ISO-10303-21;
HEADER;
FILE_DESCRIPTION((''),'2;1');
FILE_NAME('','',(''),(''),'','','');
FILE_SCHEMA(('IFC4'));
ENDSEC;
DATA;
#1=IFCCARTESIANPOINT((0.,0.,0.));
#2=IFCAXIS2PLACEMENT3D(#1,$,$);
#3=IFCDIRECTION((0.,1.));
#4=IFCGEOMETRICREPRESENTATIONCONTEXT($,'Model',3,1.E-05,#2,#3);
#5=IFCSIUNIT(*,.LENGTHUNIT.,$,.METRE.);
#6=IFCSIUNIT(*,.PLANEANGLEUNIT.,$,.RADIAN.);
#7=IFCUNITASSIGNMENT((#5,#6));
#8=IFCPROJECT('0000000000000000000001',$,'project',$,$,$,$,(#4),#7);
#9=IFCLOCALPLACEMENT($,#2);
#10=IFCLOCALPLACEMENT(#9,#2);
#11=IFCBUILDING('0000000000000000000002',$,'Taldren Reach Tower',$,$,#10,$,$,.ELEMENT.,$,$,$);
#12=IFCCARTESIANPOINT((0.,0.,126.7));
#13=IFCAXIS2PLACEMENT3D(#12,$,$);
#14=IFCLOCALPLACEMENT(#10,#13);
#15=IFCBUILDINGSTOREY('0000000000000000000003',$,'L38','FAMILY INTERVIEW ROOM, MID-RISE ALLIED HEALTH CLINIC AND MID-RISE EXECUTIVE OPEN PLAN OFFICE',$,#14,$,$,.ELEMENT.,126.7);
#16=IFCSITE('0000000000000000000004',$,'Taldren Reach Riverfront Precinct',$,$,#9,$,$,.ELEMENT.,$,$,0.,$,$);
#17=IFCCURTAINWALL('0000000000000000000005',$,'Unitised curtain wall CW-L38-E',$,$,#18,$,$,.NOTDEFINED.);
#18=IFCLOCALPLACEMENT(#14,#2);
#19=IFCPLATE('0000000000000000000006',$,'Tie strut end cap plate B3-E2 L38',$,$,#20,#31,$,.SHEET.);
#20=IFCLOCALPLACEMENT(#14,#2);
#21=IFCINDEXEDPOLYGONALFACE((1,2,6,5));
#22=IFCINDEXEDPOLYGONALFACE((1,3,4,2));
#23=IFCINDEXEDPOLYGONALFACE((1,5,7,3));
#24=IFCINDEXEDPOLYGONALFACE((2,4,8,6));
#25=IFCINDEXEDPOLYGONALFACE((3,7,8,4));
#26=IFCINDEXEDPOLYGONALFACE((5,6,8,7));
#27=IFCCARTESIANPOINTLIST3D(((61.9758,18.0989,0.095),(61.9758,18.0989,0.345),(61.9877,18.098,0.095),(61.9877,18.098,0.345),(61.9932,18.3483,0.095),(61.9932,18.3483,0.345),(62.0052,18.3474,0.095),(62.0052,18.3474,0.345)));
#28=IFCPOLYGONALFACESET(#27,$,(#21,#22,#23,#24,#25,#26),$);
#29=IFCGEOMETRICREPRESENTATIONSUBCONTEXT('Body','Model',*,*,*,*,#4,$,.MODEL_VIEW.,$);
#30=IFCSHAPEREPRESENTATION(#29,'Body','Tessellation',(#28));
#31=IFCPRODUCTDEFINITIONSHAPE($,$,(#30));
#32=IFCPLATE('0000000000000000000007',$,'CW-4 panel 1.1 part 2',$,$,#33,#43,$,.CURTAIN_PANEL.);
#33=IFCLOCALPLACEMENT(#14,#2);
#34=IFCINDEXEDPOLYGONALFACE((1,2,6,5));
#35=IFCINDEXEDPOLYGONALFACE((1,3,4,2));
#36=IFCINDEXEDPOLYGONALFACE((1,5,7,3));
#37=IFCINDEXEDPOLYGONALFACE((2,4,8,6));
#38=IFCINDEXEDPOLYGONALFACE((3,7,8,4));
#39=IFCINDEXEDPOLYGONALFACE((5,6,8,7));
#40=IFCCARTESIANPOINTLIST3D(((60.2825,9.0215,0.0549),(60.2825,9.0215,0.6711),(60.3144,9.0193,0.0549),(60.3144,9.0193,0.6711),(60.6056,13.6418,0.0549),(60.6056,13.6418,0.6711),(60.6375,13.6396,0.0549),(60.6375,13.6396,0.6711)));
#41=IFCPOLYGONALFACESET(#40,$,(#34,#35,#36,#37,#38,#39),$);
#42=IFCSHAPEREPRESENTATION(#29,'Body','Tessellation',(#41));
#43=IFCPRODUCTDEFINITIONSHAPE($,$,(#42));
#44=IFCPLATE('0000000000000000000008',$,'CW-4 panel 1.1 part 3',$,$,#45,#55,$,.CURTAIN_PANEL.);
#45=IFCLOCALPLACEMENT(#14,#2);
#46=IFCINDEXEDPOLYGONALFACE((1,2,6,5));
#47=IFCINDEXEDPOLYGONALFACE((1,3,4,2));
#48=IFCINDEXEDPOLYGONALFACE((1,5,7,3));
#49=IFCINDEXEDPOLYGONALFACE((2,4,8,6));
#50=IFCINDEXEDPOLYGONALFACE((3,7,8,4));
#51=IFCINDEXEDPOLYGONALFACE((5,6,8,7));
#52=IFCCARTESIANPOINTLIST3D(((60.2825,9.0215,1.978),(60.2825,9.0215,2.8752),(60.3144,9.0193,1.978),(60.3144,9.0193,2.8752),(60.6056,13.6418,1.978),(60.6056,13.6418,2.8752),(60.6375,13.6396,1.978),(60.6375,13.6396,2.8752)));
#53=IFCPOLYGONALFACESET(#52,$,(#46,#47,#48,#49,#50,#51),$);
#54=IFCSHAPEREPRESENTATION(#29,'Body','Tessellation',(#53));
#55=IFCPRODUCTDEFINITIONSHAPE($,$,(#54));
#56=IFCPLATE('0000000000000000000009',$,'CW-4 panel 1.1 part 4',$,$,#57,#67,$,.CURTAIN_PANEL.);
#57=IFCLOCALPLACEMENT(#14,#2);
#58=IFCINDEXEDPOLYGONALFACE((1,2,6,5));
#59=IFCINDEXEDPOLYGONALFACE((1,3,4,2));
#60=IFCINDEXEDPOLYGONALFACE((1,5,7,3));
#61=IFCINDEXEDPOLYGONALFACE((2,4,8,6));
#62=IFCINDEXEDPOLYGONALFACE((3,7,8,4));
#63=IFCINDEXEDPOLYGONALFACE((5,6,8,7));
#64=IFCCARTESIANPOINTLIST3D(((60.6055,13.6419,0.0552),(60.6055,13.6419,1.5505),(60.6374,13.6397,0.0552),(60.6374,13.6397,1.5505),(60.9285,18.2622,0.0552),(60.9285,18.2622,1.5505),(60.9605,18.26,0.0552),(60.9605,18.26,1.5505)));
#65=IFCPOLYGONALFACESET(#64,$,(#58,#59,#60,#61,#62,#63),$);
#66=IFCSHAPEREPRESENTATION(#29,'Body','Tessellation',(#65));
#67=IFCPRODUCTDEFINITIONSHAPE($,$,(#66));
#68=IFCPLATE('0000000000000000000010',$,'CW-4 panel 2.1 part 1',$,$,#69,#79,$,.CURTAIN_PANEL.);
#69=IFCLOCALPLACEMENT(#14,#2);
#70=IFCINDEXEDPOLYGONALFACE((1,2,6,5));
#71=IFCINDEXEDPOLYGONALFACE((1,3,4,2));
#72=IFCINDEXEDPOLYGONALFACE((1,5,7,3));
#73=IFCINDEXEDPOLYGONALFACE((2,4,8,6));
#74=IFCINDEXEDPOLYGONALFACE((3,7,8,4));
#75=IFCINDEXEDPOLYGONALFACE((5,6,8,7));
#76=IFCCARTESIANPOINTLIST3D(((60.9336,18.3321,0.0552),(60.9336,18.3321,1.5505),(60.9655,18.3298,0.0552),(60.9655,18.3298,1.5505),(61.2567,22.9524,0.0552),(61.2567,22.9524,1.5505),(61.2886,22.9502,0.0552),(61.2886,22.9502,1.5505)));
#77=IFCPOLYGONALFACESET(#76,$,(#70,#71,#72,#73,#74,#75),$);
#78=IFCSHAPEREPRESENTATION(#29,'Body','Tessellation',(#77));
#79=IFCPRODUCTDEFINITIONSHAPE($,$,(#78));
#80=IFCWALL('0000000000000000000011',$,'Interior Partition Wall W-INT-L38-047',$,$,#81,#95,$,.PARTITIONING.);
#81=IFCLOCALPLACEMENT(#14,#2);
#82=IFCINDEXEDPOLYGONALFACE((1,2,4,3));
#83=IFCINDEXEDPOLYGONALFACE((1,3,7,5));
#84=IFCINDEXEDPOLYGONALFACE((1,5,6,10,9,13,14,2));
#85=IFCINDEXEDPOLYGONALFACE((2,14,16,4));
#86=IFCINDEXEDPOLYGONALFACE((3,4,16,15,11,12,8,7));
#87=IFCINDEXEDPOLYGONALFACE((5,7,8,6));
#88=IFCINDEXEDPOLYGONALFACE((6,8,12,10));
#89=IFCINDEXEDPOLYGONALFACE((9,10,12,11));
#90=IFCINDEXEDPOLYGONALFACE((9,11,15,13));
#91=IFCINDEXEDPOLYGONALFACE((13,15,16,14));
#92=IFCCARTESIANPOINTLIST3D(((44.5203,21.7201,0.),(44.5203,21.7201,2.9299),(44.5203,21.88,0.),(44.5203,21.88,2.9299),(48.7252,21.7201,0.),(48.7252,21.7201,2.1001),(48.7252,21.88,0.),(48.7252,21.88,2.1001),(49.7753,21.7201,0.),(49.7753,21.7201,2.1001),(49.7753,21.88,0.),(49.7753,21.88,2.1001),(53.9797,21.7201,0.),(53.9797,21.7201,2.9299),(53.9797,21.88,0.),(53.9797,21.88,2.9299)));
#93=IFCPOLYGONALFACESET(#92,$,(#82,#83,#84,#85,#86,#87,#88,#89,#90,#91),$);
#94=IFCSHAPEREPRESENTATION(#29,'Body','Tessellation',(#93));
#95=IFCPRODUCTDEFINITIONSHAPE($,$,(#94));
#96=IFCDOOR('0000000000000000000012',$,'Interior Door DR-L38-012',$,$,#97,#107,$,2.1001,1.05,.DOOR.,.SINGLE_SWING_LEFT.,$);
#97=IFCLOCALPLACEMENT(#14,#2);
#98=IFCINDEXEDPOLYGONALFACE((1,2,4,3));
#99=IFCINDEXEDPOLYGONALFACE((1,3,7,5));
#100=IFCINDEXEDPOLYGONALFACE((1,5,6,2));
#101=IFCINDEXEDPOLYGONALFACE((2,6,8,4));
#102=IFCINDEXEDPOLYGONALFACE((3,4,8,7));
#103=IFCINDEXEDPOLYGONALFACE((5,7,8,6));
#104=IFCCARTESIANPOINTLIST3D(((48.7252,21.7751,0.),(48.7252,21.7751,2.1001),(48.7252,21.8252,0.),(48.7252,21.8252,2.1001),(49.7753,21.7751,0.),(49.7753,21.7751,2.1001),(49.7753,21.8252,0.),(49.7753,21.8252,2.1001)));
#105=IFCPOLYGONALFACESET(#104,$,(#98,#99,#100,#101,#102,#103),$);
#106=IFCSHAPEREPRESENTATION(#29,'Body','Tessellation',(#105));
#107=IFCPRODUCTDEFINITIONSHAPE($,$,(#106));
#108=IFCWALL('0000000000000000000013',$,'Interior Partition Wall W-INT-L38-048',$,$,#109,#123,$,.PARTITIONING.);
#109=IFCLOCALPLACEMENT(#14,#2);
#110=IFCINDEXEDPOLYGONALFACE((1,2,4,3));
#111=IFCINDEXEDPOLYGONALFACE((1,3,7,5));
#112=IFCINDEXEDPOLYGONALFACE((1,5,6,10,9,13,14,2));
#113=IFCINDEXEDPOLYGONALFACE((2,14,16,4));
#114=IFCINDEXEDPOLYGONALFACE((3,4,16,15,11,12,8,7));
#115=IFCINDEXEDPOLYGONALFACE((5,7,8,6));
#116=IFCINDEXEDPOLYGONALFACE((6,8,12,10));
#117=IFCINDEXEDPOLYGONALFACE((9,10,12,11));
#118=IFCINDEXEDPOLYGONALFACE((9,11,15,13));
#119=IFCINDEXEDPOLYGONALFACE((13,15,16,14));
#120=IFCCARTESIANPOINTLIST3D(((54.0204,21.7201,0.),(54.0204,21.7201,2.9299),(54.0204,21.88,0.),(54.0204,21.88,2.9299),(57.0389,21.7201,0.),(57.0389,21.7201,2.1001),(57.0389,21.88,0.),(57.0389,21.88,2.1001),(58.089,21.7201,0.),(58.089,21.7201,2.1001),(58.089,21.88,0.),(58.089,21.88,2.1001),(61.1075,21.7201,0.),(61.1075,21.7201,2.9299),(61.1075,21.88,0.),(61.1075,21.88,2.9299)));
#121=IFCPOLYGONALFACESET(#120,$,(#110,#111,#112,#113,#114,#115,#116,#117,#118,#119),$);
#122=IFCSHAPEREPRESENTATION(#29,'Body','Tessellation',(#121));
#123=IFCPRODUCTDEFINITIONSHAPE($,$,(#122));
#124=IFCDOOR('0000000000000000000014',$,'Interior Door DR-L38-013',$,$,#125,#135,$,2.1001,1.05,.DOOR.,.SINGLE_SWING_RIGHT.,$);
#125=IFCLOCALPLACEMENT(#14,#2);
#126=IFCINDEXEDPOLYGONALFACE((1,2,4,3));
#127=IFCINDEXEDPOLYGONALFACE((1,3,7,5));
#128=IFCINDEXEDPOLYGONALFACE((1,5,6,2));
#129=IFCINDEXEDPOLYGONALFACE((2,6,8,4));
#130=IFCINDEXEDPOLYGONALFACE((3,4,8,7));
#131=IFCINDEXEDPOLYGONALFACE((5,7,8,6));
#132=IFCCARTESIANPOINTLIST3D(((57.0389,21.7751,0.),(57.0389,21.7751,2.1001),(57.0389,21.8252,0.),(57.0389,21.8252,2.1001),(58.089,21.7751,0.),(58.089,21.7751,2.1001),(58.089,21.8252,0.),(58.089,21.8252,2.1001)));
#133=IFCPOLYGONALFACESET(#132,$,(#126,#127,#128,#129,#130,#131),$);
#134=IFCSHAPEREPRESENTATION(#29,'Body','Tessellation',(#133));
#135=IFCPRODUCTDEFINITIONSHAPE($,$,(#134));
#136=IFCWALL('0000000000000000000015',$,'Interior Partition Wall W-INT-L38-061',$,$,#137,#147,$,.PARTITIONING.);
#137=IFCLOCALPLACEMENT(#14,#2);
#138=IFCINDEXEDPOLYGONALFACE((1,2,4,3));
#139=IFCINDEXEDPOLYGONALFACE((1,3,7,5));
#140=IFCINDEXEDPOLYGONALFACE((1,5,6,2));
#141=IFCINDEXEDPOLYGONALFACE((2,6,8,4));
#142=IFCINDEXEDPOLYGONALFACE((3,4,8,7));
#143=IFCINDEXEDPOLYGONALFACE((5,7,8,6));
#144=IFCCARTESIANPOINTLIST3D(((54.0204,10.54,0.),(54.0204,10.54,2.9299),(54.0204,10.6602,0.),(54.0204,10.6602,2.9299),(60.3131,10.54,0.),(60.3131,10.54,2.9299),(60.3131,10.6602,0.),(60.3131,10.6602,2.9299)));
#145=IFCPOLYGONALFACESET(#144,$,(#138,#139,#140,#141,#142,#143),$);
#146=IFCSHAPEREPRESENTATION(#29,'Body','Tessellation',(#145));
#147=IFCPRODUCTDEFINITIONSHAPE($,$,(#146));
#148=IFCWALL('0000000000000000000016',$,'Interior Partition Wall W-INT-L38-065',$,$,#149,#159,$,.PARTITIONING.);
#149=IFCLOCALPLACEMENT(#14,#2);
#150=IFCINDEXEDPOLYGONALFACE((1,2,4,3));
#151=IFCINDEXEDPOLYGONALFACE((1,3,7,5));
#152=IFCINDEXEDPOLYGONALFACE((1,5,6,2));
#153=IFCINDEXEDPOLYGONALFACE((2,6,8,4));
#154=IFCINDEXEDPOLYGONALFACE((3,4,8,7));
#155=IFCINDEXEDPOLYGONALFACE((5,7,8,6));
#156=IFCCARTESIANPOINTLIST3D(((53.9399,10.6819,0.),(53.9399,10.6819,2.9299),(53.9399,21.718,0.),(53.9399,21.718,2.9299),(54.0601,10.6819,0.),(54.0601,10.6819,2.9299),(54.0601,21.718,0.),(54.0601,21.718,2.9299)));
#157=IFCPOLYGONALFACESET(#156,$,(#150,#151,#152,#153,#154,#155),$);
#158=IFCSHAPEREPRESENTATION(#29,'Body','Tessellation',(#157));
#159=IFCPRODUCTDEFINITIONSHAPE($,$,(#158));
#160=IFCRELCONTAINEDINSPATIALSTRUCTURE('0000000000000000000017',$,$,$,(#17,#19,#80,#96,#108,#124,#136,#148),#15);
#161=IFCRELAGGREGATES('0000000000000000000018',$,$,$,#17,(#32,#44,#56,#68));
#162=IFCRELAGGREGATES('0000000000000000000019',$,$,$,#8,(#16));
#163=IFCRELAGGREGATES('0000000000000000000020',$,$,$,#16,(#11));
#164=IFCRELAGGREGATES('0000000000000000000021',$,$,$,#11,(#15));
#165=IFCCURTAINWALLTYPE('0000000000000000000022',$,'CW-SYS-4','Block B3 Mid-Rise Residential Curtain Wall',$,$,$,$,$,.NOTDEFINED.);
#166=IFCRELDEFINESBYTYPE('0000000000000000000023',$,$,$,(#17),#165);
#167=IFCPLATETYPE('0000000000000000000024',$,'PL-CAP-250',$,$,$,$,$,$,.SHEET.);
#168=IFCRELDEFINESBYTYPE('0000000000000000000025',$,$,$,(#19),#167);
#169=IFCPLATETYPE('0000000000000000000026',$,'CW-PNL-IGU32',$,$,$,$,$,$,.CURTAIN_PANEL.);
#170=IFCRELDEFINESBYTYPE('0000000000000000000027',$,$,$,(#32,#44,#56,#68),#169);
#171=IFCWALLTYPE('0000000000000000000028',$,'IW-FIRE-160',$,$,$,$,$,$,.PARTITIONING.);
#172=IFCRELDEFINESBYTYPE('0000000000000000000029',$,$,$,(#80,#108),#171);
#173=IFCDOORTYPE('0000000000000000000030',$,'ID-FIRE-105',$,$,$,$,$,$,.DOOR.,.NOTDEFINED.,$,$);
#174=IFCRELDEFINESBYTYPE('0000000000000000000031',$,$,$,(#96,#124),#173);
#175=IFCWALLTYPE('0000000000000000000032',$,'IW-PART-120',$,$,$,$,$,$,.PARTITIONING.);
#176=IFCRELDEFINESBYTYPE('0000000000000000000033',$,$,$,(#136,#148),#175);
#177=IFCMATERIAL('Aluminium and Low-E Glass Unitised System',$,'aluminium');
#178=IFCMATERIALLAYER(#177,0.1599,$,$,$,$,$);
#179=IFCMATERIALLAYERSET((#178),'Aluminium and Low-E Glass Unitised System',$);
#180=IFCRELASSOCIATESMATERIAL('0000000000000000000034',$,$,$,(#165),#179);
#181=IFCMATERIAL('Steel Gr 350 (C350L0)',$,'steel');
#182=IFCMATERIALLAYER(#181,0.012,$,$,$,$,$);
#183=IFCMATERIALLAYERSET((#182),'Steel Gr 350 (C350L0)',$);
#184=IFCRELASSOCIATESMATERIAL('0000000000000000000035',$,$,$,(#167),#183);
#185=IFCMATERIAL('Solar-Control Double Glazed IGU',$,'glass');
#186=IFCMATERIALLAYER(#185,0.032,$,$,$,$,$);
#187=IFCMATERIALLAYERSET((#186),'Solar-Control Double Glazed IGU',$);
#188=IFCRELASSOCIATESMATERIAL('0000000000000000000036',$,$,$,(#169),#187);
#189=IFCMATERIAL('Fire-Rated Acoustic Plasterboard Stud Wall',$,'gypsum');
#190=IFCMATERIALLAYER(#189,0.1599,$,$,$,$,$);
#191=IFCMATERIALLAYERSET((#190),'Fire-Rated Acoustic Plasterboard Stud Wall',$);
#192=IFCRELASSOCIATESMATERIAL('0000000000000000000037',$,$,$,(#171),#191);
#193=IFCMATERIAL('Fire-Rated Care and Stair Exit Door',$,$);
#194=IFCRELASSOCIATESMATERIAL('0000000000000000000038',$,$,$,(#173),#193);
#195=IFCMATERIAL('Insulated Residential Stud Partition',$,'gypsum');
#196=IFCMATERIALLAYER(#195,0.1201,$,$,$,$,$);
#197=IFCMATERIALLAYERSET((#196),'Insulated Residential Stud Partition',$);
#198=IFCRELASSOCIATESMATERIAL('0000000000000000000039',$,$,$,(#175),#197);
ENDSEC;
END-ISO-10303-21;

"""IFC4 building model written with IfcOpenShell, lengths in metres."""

from ifc_helpers import new_model, si_unit, direction, frame, frame_2d, origin, origin_2d, place, context, subcontext, project, spatial, rectangle, extrude, source, transform, mapped, material, layer, layer_set, type_object, element, fill, aggregate, save


model = new_model("IFC4")

# Units and contexts
model_context = context("Model", 3, precision=1e-05, world=origin(), true_north=direction((0.0, 1.0)))
body_context = subcontext(model_context, "Body", "Model", "MODEL_VIEW")
ifc_project = project(units=[si_unit("LENGTHUNIT", "METRE"), si_unit("PLANEANGLEUNIT", "RADIAN")], contexts=[model_context])

# Site, building, storey
site_placement = place(None, origin())
site = spatial("IfcSite", under=ifc_project, at=site_placement, Name="Taldren Reach Riverfront Precinct", CompositionType="ELEMENT", RefElevation=0.0)
building_placement = place(site_placement, origin())
building = spatial("IfcBuilding", under=site, at=building_placement, Name="Taldren Reach Tower", CompositionType="ELEMENT")
storey_placement = place(building_placement, frame((0.0, 0.0, 126.7)))
storey = spatial("IfcBuildingStorey", under=building, at=storey_placement, Name="L38", Description="FAMILY INTERVIEW ROOM, MID-RISE ALLIED HEALTH CLINIC AND MID-RISE EXECUTIVE OPEN PLAN OFFICE", CompositionType="ELEMENT", Elevation=126.7)

# Shared definitions
ifc_material_1 = material(Name="Steel Gr 350 (C350L0)", Category="steel")

# Curtain wall
ifc_material_2 = material(Name="Aluminium and Low-E Glass Unitised System", Category="aluminium")
ifc_layer_1 = layer(ifc_material_2, 0.1599)
ifc_layer_set_1 = layer_set([ifc_layer_1], Name="Aluminium and Low-E Glass Unitised System")
curtain_wall_type = type_object("IfcCurtainWallType", Name="CW-SYS-4", Description="Block B3 Mid-Rise Residential Curtain Wall", PredefinedType="NOTDEFINED", material=ifc_layer_set_1)
curtain_wall_placement = place(storey_placement, origin())
curtain_wall = element("IfcCurtainWall", 1, at=curtain_wall_placement, inside=storey, type_object=curtain_wall_type, Name="Unitised curtain wall CW-L38-E", PredefinedType="NOTDEFINED")

# Plates
ifc_layer_2 = layer(ifc_material_1, 0.012)
ifc_layer_set_2 = layer_set([ifc_layer_2], Name="Steel Gr 350 (C350L0)")
plate_type_1 = type_object("IfcPlateType", Name="PL-CAP-250", PredefinedType="SHEET", material=ifc_layer_set_2)
shared_shape_1 = source(origin(), body_context, "Body", "SweptSolid", [
    extrude(rectangle(XDim=0.012, YDim=0.25, at=origin_2d()), origin(), (0.0, 0.0, 1.0), 0.25),
])
plate_1_placement = place(storey_placement, frame((61.9905, 18.2231, 0.095), z_axis=(0.0, 0.0, 1.0), x_axis=(0.997564, -0.069756, 0.0)))
element("IfcPlate", 2, at=plate_1_placement, inside=storey, type_object=plate_type_1, Name="Tie strut end cap plate B3-E2 L38", PredefinedType="SHEET", context=body_context, shape_type="MappedRepresentation", body=[
    mapped(shared_shape_1, transform((0.0, 0.0, 0.0), scale=1.0)),
])
ifc_material_3 = material(Name="Solar-Control Double Glazed IGU", Category="glass")
ifc_layer_3 = layer(ifc_material_3, 0.032)
ifc_layer_set_3 = layer_set([ifc_layer_3], Name="Solar-Control Double Glazed IGU")
plate_type_2 = type_object("IfcPlateType", Name="CW-PNL-IGU32", PredefinedType="CURTAIN_PANEL", material=ifc_layer_set_3)
shared_shape_2 = source(origin(), body_context, "Body", "SweptSolid", [
    extrude(rectangle(XDim=4.6316, YDim=0.032, at=origin_2d()), origin(), (0.0, 0.0, 1.0), 0.6162),
])
plate_2_placement = place(storey_placement, frame((60.46, 11.3306, 0.0549), z_axis=(0.0, 0.0, 1.0), x_axis=(0.069756, 0.997564, 0.0)))
plate_2 = element("IfcPlate", 3, at=plate_2_placement, type_object=plate_type_2, Name="CW-4 panel 1.1 part 2", PredefinedType="CURTAIN_PANEL", context=body_context, shape_type="MappedRepresentation", body=[
    mapped(shared_shape_2, transform((0.0, 0.0, 0.0), scale=1.0)),
])
shared_shape_3 = source(origin(), body_context, "Body", "SweptSolid", [
    extrude(rectangle(XDim=4.6316, YDim=0.032, at=origin_2d()), origin(), (0.0, 0.0, 1.0), 0.8972),
])
plate_3_placement = place(storey_placement, frame((60.46, 11.3306, 1.978), z_axis=(0.0, 0.0, 1.0), x_axis=(0.069756, 0.997564, 0.0)))
plate_3 = element("IfcPlate", 4, at=plate_3_placement, type_object=plate_type_2, Name="CW-4 panel 1.1 part 3", PredefinedType="CURTAIN_PANEL", context=body_context, shape_type="MappedRepresentation", body=[
    mapped(shared_shape_3, transform((0.0, 0.0, 0.0), scale=1.0)),
])
shared_shape_4 = source(origin(), body_context, "Body", "SweptSolid", [
    extrude(rectangle(XDim=4.6316, YDim=0.032, at=origin_2d()), origin(), (0.0, 0.0, 1.0), 1.4954),
])
plate_4_placement = place(storey_placement, frame((60.783, 15.9509, 0.0552), z_axis=(0.0, 0.0, 1.0), x_axis=(0.069756, 0.997564, 0.0)))
plate_4 = element("IfcPlate", 5, at=plate_4_placement, type_object=plate_type_2, Name="CW-4 panel 1.1 part 4", PredefinedType="CURTAIN_PANEL", context=body_context, shape_type="MappedRepresentation", body=[
    mapped(shared_shape_4, transform((0.0, 0.0, 0.0), scale=1.0)),
])
plate_5_placement = place(storey_placement, frame((61.1111, 20.6411, 0.0552), z_axis=(0.0, 0.0, 1.0), x_axis=(0.069756, 0.997564, 0.0)))
plate_5 = element("IfcPlate", 6, at=plate_5_placement, type_object=plate_type_2, Name="CW-4 panel 2.1 part 1", PredefinedType="CURTAIN_PANEL", context=body_context, shape_type="MappedRepresentation", body=[
    mapped(shared_shape_4, transform((0.0, 0.0, 0.0), scale=1.0)),
])
aggregate(curtain_wall, [plate_2, plate_3, plate_4, plate_5])

# Walls, openings, doors
ifc_material_4 = material(Name="Fire-Rated Acoustic Plasterboard Stud Wall", Category="gypsum")
ifc_layer_4 = layer(ifc_material_4, 0.1599)
ifc_layer_set_4 = layer_set([ifc_layer_4], Name="Fire-Rated Acoustic Plasterboard Stud Wall")
wall_type_1 = type_object("IfcWallType", Name="IW-FIRE-160", PredefinedType="PARTITIONING", material=ifc_layer_set_4)
shared_shape_5 = source(origin(), body_context, "Body", "SweptSolid", [
    extrude(rectangle(XDim=9.4595, YDim=0.1599, at=frame_2d((4.7297, 0.0))), origin(), (0.0, 0.0, 1.0), 2.9299),
])
wall_1_placement = place(storey_placement, frame((53.9797, 21.8, 0.0), z_axis=(0.0, 0.0, 1.0), x_axis=(-1.0, 0.0, 0.0)))
wall_1 = element("IfcWall", 7, at=wall_1_placement, inside=storey, type_object=wall_type_1, Name="Interior Partition Wall W-INT-L38-047", PredefinedType="PARTITIONING", context=body_context, shape_type="MappedRepresentation", body=[
    mapped(shared_shape_5, transform((0.0, 0.0, 0.0), scale=1.0)),
])
shared_shape_6 = source(origin(), body_context, "Body", "SweptSolid", [
    extrude(rectangle(XDim=1.05, YDim=2.1001, at=frame_2d((0.5249, 1.05))), frame((0.0, 0.0898, 0.0), z_axis=(0.0, -1.0, 0.0), x_axis=(1.0, 0.0, 0.0)), (0.0, 0.0, 1.0), 0.1799),
])
opening_1_placement = place(wall_1_placement, frame((4.2046, 0.0, 0.0)))
opening_1 = element("IfcOpeningElement", 8, at=opening_1_placement, cuts=wall_1, PredefinedType="OPENING", context=body_context, shape_type="MappedRepresentation", body=[
    mapped(shared_shape_6, transform((0.0, 0.0, 0.0), scale=1.0)),
])
ifc_material_5 = material(Name="Fire-Rated Care and Stair Exit Door")
door_type = type_object("IfcDoorType", Name="ID-FIRE-105", OperationType="NOTDEFINED", PredefinedType="DOOR", material=ifc_material_5)
shared_shape_7 = source(origin(), body_context, "Body", "SweptSolid", [
    extrude(rectangle(XDim=1.05, YDim=2.1001, at=frame_2d((0.5249, 1.05))), frame((0.0, 0.0249, 0.0), z_axis=(0.0, -1.0, 0.0), x_axis=(1.0, 0.0, 0.0)), (0.0, 0.0, 1.0), 0.05),
])
door_1_placement = place(opening_1_placement, origin())
door_1 = element("IfcDoor", 9, at=door_1_placement, inside=storey, type_object=door_type, Name="Interior Door DR-L38-012", OperationType="SINGLE_SWING_LEFT", OverallHeight=2.1001, OverallWidth=1.05, PredefinedType="DOOR", context=body_context, shape_type="MappedRepresentation", body=[
    mapped(shared_shape_7, transform((0.0, 0.0, 0.0), scale=1.0)),
])
fill(opening_1, door_1)
shared_shape_8 = source(origin(), body_context, "Body", "SweptSolid", [
    extrude(rectangle(XDim=7.0872, YDim=0.1599, at=frame_2d((3.5435, 0.0))), origin(), (0.0, 0.0, 1.0), 2.9299),
])
wall_2_placement = place(storey_placement, frame((61.1074, 21.8, 0.0), z_axis=(0.0, 0.0, 1.0), x_axis=(-1.0, 0.0, 0.0)))
wall_2 = element("IfcWall", 10, at=wall_2_placement, inside=storey, type_object=wall_type_1, Name="Interior Partition Wall W-INT-L38-048", PredefinedType="PARTITIONING", context=body_context, shape_type="MappedRepresentation", body=[
    mapped(shared_shape_8, transform((0.0, 0.0, 0.0), scale=1.0)),
])
opening_2_placement = place(wall_2_placement, frame((3.0186, 0.0, 0.0)))
opening_2 = element("IfcOpeningElement", 11, at=opening_2_placement, cuts=wall_2, PredefinedType="OPENING", context=body_context, shape_type="MappedRepresentation", body=[
    mapped(shared_shape_6, transform((0.0, 0.0, 0.0), scale=1.0)),
])
door_2_placement = place(opening_2_placement, origin())
door_2 = element("IfcDoor", 12, at=door_2_placement, inside=storey, type_object=door_type, Name="Interior Door DR-L38-013", OperationType="SINGLE_SWING_RIGHT", OverallHeight=2.1001, OverallWidth=1.05, PredefinedType="DOOR", context=body_context, shape_type="MappedRepresentation", body=[
    mapped(shared_shape_7, transform((0.0, 0.0, 0.0), scale=1.0)),
])
fill(opening_2, door_2)

# Walls
ifc_material_6 = material(Name="Insulated Residential Stud Partition", Category="gypsum")
ifc_layer_5 = layer(ifc_material_6, 0.1201)
ifc_layer_set_5 = layer_set([ifc_layer_5], Name="Insulated Residential Stud Partition")
wall_type_2 = type_object("IfcWallType", Name="IW-PART-120", PredefinedType="PARTITIONING", material=ifc_layer_set_5)
shared_shape_9 = source(origin(), body_context, "Body", "SweptSolid", [
    extrude(rectangle(XDim=6.2927, YDim=0.1201, at=frame_2d((3.1465, 0.0))), origin(), (0.0, 0.0, 1.0), 2.9299),
])
wall_3_placement = place(storey_placement, frame((54.0203, 10.6001, 0.0), z_axis=(0.0, 0.0, 1.0), x_axis=(1.0, 0.0, 0.0)))
element("IfcWall", 13, at=wall_3_placement, inside=storey, type_object=wall_type_2, Name="Interior Partition Wall W-INT-L38-061", PredefinedType="PARTITIONING", context=body_context, shape_type="MappedRepresentation", body=[
    mapped(shared_shape_9, transform((0.0, 0.0, 0.0), scale=1.0)),
])
shared_shape_10 = source(origin(), body_context, "Body", "SweptSolid", [
    extrude(rectangle(XDim=11.0361, YDim=0.1201, at=frame_2d((5.5181, 0.0))), origin(), (0.0, 0.0, 1.0), 2.9299),
])
wall_4_placement = place(storey_placement, frame((54.0, 21.718, 0.0), z_axis=(0.0, 0.0, 1.0), x_axis=(0.0, -1.0, 0.0)))
element("IfcWall", 14, at=wall_4_placement, inside=storey, type_object=wall_type_2, Name="Interior Partition Wall W-INT-L38-065", PredefinedType="PARTITIONING", context=body_context, shape_type="MappedRepresentation", body=[
    mapped(shared_shape_10, transform((0.0, 0.0, 0.0), scale=1.0)),
])

save(model, "model.ifc")
